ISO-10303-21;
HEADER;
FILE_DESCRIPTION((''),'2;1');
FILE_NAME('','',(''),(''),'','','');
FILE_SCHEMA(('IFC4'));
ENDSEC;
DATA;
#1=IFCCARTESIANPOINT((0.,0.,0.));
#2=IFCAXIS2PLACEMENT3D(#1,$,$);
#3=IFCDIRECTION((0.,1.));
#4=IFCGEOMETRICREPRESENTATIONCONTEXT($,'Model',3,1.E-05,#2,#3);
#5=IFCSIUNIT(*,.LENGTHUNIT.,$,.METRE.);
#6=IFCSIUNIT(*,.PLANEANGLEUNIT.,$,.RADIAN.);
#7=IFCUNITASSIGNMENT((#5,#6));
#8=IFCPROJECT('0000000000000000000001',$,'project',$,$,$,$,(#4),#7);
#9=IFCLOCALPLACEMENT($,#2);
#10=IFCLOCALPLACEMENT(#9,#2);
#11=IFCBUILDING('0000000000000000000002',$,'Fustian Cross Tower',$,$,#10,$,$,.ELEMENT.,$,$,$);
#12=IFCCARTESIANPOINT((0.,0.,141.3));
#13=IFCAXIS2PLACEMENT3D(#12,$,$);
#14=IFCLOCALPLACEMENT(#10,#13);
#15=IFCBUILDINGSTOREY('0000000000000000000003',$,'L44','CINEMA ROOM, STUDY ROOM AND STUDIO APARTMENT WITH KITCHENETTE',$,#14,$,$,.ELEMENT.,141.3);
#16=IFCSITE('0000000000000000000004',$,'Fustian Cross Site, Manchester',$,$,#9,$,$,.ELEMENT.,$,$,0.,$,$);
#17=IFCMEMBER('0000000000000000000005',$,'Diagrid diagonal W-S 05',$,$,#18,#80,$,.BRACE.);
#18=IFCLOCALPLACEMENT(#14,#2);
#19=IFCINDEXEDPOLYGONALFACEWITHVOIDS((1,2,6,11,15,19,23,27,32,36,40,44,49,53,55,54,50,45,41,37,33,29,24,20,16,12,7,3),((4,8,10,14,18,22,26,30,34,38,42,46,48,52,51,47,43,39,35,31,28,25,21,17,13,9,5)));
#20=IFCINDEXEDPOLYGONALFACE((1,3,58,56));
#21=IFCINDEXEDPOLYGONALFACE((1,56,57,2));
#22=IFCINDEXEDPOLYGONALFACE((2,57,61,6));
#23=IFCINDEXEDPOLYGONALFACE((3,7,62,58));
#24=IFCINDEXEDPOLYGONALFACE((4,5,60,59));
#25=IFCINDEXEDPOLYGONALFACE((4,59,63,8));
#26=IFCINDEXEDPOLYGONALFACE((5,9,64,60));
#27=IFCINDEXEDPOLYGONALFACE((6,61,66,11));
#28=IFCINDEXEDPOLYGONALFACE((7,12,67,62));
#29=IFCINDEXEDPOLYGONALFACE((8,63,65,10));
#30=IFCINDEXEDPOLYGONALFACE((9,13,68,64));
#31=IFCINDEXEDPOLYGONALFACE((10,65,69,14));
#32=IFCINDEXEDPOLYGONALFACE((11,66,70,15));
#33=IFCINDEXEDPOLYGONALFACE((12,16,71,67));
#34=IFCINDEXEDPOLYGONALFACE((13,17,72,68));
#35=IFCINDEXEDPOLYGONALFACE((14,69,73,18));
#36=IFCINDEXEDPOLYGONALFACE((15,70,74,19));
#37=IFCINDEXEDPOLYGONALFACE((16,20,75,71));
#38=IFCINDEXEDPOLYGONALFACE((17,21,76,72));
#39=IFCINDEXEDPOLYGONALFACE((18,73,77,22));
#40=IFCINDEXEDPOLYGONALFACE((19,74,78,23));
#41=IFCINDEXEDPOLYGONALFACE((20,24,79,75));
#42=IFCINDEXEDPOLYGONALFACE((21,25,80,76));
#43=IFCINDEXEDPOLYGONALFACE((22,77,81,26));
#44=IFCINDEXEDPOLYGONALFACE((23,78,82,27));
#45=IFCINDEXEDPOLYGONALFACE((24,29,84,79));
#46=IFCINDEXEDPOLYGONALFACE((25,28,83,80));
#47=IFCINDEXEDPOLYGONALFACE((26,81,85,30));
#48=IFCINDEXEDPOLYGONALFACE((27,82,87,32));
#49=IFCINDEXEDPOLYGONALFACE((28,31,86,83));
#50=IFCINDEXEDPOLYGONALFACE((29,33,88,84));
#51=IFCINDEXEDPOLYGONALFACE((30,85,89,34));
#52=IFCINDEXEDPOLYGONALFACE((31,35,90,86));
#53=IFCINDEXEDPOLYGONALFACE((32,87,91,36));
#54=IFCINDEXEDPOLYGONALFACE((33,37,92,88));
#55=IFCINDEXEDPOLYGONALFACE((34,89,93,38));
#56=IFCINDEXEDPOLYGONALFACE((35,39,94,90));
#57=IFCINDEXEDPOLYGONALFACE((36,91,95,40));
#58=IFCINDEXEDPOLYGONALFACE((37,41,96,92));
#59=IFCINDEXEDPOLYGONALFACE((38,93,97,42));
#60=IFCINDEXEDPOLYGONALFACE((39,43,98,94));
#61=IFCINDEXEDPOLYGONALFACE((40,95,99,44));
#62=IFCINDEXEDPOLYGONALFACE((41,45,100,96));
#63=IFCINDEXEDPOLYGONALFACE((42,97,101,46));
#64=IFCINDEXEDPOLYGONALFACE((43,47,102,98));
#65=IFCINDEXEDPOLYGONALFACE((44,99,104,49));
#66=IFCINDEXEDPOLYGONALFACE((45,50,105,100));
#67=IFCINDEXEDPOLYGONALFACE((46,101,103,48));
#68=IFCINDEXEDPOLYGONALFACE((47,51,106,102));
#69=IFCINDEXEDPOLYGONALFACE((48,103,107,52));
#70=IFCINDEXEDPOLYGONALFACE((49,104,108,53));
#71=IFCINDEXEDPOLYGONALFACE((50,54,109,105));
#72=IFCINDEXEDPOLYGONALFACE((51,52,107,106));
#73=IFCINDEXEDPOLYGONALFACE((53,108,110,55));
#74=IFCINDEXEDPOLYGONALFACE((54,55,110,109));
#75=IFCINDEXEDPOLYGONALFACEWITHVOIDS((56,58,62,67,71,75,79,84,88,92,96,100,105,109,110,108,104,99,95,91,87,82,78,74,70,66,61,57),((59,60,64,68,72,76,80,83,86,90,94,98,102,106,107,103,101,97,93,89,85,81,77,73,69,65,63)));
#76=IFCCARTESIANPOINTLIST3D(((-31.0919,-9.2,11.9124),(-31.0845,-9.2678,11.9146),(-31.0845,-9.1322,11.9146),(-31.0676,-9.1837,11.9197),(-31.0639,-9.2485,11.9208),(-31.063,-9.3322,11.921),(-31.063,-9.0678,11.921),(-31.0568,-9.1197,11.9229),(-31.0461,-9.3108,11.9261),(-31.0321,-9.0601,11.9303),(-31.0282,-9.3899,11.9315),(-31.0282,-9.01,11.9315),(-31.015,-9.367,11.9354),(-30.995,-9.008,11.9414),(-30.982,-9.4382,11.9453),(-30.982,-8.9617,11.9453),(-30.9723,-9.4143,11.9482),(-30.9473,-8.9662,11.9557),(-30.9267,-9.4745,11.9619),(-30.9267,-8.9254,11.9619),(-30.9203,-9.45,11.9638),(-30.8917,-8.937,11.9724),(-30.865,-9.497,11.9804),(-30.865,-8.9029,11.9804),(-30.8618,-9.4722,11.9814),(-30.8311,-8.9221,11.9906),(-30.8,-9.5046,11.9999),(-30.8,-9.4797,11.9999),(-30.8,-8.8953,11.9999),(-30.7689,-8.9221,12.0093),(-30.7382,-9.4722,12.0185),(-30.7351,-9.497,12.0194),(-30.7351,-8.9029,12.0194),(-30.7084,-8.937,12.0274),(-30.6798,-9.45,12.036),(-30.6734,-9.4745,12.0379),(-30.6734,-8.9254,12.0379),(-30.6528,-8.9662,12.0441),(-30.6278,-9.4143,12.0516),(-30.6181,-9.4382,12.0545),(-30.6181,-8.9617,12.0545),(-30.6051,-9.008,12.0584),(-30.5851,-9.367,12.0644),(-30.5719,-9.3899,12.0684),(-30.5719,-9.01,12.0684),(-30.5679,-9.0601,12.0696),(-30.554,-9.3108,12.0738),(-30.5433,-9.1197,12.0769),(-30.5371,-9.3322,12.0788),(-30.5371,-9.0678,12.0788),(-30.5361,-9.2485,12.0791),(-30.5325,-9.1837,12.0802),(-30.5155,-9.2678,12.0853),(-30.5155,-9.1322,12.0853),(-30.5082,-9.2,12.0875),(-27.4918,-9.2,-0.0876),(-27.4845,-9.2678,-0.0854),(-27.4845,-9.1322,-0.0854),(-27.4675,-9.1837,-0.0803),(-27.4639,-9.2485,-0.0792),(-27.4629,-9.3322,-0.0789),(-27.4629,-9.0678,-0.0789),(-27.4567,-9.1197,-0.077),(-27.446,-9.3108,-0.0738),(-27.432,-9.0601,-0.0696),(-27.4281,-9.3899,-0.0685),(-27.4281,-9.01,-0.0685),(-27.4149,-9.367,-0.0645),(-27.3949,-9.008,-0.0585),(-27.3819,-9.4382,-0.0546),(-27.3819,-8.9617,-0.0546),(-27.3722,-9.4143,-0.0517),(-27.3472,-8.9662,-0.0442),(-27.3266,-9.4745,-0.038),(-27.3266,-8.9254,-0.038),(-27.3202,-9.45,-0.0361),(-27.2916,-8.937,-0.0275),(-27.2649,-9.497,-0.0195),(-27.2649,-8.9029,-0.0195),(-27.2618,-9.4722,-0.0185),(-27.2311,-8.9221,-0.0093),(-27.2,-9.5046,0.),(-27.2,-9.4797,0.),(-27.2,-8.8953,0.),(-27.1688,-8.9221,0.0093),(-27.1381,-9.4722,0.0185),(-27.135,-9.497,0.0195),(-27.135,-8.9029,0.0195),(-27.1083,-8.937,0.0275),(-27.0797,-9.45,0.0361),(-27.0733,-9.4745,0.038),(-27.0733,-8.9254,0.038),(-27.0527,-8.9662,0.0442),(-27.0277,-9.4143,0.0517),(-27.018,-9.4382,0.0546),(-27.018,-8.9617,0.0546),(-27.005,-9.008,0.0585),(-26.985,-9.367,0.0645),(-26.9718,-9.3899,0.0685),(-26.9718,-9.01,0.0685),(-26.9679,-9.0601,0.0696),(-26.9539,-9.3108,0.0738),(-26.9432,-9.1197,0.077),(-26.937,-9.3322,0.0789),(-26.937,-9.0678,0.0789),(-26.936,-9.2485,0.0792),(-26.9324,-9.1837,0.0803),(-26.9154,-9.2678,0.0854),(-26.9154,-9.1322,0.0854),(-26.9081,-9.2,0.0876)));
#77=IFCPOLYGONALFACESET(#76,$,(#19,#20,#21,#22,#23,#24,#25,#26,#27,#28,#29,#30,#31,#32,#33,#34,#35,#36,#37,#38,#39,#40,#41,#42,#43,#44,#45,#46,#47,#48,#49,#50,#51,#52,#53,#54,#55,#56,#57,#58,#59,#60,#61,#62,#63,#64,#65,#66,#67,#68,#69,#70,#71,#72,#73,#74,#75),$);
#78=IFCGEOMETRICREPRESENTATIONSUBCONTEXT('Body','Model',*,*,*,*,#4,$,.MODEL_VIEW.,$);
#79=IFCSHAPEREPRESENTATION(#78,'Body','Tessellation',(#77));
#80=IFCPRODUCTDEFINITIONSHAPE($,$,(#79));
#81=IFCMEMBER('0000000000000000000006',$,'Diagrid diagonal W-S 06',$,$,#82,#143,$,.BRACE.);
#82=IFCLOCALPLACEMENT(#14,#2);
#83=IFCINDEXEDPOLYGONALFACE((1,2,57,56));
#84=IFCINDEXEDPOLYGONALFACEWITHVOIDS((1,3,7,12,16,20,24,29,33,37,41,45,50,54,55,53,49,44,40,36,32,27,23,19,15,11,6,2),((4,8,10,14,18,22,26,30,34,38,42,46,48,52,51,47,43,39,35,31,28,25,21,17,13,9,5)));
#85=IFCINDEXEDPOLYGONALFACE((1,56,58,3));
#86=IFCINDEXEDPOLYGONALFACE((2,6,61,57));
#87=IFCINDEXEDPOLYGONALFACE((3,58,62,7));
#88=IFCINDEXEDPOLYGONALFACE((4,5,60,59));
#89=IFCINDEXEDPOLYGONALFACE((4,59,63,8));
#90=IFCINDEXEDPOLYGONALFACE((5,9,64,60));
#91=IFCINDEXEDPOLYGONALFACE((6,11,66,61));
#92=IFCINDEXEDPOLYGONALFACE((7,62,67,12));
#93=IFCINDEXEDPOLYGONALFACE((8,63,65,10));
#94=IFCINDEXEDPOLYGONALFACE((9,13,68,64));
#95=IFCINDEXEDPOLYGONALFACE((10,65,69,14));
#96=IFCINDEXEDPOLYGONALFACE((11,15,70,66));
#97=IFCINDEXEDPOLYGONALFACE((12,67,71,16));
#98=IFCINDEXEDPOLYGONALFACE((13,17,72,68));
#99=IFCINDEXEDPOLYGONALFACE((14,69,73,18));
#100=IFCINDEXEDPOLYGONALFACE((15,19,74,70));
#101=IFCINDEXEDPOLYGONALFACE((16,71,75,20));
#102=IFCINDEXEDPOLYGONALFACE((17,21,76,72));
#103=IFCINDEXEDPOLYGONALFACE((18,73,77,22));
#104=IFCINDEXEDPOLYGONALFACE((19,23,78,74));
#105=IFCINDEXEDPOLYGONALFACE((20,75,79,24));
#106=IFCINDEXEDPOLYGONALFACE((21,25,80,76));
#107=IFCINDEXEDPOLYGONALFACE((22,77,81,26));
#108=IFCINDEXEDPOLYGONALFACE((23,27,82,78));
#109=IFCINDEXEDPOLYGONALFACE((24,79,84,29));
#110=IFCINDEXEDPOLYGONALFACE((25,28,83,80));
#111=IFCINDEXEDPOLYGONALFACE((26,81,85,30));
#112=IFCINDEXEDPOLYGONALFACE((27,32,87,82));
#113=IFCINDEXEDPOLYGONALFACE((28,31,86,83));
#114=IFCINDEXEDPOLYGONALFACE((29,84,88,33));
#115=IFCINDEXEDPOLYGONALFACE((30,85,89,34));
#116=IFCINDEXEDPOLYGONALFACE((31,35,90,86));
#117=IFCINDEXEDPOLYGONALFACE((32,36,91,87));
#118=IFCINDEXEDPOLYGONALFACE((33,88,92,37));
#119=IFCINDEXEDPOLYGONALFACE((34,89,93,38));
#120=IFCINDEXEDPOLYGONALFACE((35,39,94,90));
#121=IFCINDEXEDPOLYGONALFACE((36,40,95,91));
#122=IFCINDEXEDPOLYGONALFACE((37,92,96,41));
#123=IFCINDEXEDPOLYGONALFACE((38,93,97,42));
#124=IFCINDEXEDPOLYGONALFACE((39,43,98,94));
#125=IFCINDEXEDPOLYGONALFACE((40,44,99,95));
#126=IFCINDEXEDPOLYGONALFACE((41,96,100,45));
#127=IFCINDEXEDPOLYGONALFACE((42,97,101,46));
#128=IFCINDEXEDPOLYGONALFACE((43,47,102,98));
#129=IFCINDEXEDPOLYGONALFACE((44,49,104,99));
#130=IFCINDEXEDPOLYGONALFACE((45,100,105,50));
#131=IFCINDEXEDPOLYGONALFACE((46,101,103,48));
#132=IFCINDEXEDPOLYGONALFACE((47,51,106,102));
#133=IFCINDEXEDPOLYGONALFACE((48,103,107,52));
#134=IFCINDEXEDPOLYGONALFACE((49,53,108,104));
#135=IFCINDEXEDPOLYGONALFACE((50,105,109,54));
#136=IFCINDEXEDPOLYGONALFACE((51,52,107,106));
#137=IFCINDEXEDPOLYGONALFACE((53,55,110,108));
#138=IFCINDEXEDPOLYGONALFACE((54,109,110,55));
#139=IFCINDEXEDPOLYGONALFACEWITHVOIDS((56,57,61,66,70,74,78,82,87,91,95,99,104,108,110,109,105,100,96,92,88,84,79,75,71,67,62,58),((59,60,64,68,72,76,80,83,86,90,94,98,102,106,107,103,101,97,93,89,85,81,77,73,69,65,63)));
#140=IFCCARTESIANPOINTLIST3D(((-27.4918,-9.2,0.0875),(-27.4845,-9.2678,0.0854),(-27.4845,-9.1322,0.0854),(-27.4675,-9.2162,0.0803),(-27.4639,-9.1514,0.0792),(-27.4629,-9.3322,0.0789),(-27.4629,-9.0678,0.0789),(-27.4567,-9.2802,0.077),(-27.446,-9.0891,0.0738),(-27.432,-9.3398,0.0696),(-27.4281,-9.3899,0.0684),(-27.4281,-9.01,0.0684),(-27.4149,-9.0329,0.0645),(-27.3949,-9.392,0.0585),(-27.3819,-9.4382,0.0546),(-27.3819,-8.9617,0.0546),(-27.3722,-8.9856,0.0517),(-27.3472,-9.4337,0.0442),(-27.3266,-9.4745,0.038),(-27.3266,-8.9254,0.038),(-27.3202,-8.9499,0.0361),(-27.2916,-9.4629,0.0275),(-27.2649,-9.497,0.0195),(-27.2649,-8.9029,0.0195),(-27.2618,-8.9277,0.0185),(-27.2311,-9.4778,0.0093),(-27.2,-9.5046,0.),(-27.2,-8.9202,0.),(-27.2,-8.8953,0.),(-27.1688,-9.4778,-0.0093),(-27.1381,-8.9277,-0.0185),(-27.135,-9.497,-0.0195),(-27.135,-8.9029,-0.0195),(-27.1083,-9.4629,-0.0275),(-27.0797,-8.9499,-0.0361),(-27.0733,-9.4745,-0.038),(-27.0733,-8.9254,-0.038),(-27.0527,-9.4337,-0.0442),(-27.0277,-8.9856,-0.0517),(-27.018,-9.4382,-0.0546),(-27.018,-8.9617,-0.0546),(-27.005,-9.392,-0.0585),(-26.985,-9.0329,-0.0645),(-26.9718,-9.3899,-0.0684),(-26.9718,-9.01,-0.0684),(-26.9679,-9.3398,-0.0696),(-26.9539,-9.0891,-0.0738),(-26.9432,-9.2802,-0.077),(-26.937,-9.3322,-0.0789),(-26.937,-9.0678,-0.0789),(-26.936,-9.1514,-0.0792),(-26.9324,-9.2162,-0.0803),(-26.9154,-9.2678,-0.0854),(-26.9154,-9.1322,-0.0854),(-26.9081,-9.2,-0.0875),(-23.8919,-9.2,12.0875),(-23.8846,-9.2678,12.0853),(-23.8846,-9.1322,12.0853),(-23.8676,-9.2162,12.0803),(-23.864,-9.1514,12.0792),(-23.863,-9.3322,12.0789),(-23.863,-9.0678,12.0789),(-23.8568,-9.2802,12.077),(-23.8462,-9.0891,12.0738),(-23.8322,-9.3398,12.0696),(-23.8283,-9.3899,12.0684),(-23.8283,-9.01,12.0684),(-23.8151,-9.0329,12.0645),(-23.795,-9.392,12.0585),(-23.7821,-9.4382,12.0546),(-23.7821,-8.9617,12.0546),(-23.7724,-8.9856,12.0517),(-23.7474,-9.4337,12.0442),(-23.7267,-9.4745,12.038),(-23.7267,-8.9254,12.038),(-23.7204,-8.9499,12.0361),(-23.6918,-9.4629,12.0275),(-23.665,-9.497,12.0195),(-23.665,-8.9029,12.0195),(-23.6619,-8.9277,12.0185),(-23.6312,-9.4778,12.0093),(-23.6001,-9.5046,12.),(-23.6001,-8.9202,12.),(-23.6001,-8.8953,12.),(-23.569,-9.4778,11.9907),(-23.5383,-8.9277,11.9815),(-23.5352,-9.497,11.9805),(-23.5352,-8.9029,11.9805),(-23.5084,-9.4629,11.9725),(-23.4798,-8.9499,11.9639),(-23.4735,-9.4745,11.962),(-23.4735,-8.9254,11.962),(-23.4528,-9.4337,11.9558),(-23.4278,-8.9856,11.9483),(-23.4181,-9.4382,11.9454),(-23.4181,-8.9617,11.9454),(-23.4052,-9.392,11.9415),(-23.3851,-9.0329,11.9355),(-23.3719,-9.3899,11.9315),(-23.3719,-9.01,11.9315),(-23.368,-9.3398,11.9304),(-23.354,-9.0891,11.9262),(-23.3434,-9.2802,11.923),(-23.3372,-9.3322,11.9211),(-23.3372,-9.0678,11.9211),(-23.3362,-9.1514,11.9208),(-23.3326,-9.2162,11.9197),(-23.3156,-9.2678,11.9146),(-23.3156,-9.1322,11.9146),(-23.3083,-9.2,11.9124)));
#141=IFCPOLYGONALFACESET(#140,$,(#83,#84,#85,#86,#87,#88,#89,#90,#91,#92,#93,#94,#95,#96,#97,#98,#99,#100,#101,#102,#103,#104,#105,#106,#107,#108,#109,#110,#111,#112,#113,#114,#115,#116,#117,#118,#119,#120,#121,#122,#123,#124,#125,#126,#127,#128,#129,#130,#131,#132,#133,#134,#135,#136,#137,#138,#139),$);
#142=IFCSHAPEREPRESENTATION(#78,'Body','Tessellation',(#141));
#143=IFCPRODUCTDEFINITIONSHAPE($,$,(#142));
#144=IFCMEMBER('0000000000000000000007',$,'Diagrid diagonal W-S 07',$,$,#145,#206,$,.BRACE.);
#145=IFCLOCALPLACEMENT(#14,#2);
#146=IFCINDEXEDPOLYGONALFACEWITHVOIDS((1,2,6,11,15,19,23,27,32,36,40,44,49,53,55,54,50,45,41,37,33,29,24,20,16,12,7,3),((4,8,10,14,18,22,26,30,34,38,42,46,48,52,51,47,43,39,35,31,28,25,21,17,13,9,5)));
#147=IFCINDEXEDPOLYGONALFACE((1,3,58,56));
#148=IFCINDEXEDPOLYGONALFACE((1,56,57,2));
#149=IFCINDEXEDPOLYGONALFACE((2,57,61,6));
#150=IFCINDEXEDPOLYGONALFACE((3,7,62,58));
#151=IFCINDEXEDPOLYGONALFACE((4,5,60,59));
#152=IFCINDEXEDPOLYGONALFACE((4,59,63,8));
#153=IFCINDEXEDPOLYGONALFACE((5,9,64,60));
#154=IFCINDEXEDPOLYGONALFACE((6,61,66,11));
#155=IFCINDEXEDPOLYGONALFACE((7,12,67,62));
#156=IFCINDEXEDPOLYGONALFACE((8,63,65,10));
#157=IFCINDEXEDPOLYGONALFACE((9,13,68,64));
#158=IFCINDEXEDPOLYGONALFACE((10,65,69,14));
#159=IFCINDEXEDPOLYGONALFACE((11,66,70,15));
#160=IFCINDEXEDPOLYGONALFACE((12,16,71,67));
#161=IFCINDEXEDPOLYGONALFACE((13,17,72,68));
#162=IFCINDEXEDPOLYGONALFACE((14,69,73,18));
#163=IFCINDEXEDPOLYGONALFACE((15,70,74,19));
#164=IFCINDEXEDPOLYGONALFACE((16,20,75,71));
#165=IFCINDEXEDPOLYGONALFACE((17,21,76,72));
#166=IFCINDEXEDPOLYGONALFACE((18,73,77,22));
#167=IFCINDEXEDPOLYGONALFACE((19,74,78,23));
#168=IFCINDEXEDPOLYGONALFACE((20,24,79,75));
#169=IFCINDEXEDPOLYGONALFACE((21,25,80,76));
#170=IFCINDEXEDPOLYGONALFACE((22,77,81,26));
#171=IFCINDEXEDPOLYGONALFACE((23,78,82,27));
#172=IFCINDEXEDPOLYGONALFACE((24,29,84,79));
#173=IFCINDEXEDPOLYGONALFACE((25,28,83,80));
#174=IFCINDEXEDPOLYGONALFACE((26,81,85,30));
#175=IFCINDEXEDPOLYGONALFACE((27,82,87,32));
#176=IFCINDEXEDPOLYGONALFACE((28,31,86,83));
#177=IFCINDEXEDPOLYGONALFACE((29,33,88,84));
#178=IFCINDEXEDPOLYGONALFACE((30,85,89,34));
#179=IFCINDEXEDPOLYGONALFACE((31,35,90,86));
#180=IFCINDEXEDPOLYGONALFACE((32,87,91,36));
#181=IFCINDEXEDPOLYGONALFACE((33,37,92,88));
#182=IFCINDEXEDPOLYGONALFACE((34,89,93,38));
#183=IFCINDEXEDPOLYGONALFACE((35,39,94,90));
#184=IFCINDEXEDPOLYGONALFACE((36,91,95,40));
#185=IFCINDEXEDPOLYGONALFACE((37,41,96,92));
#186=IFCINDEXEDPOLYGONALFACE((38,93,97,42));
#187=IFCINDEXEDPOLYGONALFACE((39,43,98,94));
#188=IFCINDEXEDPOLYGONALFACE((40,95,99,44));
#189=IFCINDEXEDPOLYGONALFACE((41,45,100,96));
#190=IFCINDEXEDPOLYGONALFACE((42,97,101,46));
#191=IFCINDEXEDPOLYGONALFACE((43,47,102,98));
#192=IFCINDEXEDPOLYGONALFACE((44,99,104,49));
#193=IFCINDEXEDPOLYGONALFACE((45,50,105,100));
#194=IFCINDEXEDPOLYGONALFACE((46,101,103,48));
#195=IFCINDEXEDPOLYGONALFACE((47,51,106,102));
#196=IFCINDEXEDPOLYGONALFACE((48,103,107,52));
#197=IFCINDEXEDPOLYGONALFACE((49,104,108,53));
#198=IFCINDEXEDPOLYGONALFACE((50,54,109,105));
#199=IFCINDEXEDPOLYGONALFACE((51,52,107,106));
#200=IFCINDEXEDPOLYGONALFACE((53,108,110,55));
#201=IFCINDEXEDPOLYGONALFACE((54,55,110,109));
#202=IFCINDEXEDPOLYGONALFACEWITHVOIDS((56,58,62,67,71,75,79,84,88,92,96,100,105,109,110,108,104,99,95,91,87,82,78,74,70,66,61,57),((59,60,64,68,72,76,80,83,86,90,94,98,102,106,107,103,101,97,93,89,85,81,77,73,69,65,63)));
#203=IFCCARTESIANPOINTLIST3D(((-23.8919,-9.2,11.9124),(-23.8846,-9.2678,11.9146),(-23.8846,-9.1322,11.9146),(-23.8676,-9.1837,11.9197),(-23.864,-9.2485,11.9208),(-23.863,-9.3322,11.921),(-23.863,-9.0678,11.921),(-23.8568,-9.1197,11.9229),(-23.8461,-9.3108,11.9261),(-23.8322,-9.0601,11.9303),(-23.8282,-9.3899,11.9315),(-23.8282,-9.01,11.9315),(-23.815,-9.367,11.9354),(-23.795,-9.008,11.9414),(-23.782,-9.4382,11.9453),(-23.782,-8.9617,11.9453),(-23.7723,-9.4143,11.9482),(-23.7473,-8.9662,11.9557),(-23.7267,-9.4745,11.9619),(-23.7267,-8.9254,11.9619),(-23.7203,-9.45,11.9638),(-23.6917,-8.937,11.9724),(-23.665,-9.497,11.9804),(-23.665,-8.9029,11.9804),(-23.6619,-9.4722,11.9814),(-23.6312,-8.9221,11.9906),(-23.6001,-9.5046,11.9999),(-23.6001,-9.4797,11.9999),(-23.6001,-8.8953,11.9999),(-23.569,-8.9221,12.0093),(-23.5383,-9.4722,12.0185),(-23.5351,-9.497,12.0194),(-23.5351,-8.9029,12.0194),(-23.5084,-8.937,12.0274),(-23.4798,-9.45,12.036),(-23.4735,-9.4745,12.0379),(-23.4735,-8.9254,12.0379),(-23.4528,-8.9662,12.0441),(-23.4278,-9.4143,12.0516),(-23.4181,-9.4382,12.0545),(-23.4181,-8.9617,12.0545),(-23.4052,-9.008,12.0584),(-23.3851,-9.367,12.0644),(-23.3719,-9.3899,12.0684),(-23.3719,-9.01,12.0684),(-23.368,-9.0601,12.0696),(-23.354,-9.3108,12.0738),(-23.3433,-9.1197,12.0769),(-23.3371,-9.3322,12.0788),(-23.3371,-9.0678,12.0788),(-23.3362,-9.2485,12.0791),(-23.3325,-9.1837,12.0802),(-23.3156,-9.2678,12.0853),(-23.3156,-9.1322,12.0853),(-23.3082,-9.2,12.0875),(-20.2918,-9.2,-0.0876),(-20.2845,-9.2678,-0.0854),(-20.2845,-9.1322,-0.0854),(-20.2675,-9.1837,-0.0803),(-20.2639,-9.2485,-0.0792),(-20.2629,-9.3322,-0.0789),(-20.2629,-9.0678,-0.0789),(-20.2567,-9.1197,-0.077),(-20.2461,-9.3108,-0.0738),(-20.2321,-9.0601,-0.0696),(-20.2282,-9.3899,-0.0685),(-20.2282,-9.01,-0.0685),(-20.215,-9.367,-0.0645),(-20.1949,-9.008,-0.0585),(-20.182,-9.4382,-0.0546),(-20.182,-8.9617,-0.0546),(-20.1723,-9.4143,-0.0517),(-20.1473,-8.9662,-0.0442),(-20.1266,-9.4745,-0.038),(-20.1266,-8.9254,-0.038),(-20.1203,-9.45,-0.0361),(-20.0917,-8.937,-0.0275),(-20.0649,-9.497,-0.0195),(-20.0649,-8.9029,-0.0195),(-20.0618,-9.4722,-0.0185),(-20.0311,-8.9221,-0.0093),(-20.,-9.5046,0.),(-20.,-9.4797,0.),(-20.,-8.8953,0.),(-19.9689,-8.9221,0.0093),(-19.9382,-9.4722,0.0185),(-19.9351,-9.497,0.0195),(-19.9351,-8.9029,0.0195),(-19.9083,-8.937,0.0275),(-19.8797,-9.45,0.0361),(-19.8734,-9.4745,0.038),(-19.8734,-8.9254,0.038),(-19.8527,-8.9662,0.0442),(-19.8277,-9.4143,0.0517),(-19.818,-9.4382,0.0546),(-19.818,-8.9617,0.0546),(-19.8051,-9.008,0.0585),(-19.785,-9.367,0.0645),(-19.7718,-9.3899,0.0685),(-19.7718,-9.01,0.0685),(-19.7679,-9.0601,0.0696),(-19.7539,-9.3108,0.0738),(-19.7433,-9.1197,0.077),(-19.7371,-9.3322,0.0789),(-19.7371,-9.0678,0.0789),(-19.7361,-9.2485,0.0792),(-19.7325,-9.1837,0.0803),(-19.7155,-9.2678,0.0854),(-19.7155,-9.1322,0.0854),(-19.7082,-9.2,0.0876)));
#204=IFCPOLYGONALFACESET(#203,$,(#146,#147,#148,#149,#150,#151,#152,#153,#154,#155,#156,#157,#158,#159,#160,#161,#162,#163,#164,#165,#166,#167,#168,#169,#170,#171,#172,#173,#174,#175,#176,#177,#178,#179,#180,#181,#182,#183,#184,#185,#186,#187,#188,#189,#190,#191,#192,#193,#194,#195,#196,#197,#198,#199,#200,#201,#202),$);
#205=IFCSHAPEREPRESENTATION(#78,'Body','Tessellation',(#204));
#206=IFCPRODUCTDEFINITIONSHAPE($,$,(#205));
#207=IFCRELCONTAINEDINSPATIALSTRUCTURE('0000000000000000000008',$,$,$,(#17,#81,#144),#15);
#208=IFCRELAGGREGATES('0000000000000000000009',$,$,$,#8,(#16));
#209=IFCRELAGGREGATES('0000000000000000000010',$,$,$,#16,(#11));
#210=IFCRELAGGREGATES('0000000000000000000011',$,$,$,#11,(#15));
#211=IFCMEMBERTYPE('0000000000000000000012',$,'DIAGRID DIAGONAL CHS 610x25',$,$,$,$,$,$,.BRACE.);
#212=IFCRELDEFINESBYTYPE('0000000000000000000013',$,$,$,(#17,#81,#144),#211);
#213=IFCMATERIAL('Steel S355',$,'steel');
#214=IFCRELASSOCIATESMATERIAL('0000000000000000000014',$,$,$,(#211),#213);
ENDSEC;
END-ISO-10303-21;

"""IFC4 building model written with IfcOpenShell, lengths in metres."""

from ifc_helpers import new_model, si_unit, direction, frame, origin, origin_2d, place, context, subcontext, project, spatial, hollow_circle, extrude, material, material_profile, profile_set, type_object, element, save


model = new_model("IFC4")

# Units and contexts
model_context = context("Model", 3, precision=1e-05, world=origin(), true_north=direction((0.0, 1.0)))
body_context = subcontext(model_context, "Body", "Model", "MODEL_VIEW")
ifc_project = project(units=[si_unit("LENGTHUNIT", "METRE"), si_unit("PLANEANGLEUNIT", "RADIAN")], contexts=[model_context])

# Site, building, storey
site_placement = place(None, origin())
site = spatial("IfcSite", under=ifc_project, at=site_placement, Name="Fustian Cross Site, Manchester", CompositionType="ELEMENT", RefElevation=0.0)
building_placement = place(site_placement, origin())
building = spatial("IfcBuilding", under=site, at=building_placement, Name="Fustian Cross Tower", CompositionType="ELEMENT")
storey_placement = place(building_placement, frame((0.0, 0.0, 141.3)))
storey = spatial("IfcBuildingStorey", under=building, at=storey_placement, Name="L44", Description="CINEMA ROOM, STUDY ROOM AND STUDIO APARTMENT WITH KITCHENETTE", CompositionType="ELEMENT", Elevation=141.3)

# Members
ifc_material_1 = material(Name="Steel S355", Category="steel")
ifc_material_profile_1 = material_profile(ifc_material_1, hollow_circle(Radius=0.3047, WallThickness=0.0249, at=origin_2d()), Name="CHS 610x25")
ifc_profile_set_1 = profile_set([ifc_material_profile_1], Name="Steel S355")
member_type = type_object("IfcMemberType", Name="DIAGRID DIAGONAL CHS 610x25", PredefinedType="BRACE", material=ifc_profile_set_1)
for number, where, z_axis, x_axis, name in (
    (1, (-27.2, -9.2, 0.0), (-0.287355, 0.0, 0.957824), (0.0, -1.0, 0.0), "Diagrid diagonal W-S 05"),
    (2, (-27.2, -9.2, 0.0), (0.287337, 0.0, 0.95783), (0.0, 1.0, 0.0), "Diagrid diagonal W-S 06"),
    (3, (-20.0, -9.2, 0.0), (-0.287355, 0.0, 0.957824), (0.0, -1.0, 0.0), "Diagrid diagonal W-S 07"),
):
    element("IfcMember", number, at=place(storey_placement, frame(where, z_axis=z_axis, x_axis=x_axis)), inside=storey, type_object=member_type, Name=name, PredefinedType="BRACE", context=body_context, shape_type="SweptSolid", body=[
        extrude(hollow_circle(Radius=0.3047, WallThickness=0.0249, at=origin_2d()), origin(), (0.0, 0.0, 1.0), 12.5283),
    ])

save(model, "model.ifc")
